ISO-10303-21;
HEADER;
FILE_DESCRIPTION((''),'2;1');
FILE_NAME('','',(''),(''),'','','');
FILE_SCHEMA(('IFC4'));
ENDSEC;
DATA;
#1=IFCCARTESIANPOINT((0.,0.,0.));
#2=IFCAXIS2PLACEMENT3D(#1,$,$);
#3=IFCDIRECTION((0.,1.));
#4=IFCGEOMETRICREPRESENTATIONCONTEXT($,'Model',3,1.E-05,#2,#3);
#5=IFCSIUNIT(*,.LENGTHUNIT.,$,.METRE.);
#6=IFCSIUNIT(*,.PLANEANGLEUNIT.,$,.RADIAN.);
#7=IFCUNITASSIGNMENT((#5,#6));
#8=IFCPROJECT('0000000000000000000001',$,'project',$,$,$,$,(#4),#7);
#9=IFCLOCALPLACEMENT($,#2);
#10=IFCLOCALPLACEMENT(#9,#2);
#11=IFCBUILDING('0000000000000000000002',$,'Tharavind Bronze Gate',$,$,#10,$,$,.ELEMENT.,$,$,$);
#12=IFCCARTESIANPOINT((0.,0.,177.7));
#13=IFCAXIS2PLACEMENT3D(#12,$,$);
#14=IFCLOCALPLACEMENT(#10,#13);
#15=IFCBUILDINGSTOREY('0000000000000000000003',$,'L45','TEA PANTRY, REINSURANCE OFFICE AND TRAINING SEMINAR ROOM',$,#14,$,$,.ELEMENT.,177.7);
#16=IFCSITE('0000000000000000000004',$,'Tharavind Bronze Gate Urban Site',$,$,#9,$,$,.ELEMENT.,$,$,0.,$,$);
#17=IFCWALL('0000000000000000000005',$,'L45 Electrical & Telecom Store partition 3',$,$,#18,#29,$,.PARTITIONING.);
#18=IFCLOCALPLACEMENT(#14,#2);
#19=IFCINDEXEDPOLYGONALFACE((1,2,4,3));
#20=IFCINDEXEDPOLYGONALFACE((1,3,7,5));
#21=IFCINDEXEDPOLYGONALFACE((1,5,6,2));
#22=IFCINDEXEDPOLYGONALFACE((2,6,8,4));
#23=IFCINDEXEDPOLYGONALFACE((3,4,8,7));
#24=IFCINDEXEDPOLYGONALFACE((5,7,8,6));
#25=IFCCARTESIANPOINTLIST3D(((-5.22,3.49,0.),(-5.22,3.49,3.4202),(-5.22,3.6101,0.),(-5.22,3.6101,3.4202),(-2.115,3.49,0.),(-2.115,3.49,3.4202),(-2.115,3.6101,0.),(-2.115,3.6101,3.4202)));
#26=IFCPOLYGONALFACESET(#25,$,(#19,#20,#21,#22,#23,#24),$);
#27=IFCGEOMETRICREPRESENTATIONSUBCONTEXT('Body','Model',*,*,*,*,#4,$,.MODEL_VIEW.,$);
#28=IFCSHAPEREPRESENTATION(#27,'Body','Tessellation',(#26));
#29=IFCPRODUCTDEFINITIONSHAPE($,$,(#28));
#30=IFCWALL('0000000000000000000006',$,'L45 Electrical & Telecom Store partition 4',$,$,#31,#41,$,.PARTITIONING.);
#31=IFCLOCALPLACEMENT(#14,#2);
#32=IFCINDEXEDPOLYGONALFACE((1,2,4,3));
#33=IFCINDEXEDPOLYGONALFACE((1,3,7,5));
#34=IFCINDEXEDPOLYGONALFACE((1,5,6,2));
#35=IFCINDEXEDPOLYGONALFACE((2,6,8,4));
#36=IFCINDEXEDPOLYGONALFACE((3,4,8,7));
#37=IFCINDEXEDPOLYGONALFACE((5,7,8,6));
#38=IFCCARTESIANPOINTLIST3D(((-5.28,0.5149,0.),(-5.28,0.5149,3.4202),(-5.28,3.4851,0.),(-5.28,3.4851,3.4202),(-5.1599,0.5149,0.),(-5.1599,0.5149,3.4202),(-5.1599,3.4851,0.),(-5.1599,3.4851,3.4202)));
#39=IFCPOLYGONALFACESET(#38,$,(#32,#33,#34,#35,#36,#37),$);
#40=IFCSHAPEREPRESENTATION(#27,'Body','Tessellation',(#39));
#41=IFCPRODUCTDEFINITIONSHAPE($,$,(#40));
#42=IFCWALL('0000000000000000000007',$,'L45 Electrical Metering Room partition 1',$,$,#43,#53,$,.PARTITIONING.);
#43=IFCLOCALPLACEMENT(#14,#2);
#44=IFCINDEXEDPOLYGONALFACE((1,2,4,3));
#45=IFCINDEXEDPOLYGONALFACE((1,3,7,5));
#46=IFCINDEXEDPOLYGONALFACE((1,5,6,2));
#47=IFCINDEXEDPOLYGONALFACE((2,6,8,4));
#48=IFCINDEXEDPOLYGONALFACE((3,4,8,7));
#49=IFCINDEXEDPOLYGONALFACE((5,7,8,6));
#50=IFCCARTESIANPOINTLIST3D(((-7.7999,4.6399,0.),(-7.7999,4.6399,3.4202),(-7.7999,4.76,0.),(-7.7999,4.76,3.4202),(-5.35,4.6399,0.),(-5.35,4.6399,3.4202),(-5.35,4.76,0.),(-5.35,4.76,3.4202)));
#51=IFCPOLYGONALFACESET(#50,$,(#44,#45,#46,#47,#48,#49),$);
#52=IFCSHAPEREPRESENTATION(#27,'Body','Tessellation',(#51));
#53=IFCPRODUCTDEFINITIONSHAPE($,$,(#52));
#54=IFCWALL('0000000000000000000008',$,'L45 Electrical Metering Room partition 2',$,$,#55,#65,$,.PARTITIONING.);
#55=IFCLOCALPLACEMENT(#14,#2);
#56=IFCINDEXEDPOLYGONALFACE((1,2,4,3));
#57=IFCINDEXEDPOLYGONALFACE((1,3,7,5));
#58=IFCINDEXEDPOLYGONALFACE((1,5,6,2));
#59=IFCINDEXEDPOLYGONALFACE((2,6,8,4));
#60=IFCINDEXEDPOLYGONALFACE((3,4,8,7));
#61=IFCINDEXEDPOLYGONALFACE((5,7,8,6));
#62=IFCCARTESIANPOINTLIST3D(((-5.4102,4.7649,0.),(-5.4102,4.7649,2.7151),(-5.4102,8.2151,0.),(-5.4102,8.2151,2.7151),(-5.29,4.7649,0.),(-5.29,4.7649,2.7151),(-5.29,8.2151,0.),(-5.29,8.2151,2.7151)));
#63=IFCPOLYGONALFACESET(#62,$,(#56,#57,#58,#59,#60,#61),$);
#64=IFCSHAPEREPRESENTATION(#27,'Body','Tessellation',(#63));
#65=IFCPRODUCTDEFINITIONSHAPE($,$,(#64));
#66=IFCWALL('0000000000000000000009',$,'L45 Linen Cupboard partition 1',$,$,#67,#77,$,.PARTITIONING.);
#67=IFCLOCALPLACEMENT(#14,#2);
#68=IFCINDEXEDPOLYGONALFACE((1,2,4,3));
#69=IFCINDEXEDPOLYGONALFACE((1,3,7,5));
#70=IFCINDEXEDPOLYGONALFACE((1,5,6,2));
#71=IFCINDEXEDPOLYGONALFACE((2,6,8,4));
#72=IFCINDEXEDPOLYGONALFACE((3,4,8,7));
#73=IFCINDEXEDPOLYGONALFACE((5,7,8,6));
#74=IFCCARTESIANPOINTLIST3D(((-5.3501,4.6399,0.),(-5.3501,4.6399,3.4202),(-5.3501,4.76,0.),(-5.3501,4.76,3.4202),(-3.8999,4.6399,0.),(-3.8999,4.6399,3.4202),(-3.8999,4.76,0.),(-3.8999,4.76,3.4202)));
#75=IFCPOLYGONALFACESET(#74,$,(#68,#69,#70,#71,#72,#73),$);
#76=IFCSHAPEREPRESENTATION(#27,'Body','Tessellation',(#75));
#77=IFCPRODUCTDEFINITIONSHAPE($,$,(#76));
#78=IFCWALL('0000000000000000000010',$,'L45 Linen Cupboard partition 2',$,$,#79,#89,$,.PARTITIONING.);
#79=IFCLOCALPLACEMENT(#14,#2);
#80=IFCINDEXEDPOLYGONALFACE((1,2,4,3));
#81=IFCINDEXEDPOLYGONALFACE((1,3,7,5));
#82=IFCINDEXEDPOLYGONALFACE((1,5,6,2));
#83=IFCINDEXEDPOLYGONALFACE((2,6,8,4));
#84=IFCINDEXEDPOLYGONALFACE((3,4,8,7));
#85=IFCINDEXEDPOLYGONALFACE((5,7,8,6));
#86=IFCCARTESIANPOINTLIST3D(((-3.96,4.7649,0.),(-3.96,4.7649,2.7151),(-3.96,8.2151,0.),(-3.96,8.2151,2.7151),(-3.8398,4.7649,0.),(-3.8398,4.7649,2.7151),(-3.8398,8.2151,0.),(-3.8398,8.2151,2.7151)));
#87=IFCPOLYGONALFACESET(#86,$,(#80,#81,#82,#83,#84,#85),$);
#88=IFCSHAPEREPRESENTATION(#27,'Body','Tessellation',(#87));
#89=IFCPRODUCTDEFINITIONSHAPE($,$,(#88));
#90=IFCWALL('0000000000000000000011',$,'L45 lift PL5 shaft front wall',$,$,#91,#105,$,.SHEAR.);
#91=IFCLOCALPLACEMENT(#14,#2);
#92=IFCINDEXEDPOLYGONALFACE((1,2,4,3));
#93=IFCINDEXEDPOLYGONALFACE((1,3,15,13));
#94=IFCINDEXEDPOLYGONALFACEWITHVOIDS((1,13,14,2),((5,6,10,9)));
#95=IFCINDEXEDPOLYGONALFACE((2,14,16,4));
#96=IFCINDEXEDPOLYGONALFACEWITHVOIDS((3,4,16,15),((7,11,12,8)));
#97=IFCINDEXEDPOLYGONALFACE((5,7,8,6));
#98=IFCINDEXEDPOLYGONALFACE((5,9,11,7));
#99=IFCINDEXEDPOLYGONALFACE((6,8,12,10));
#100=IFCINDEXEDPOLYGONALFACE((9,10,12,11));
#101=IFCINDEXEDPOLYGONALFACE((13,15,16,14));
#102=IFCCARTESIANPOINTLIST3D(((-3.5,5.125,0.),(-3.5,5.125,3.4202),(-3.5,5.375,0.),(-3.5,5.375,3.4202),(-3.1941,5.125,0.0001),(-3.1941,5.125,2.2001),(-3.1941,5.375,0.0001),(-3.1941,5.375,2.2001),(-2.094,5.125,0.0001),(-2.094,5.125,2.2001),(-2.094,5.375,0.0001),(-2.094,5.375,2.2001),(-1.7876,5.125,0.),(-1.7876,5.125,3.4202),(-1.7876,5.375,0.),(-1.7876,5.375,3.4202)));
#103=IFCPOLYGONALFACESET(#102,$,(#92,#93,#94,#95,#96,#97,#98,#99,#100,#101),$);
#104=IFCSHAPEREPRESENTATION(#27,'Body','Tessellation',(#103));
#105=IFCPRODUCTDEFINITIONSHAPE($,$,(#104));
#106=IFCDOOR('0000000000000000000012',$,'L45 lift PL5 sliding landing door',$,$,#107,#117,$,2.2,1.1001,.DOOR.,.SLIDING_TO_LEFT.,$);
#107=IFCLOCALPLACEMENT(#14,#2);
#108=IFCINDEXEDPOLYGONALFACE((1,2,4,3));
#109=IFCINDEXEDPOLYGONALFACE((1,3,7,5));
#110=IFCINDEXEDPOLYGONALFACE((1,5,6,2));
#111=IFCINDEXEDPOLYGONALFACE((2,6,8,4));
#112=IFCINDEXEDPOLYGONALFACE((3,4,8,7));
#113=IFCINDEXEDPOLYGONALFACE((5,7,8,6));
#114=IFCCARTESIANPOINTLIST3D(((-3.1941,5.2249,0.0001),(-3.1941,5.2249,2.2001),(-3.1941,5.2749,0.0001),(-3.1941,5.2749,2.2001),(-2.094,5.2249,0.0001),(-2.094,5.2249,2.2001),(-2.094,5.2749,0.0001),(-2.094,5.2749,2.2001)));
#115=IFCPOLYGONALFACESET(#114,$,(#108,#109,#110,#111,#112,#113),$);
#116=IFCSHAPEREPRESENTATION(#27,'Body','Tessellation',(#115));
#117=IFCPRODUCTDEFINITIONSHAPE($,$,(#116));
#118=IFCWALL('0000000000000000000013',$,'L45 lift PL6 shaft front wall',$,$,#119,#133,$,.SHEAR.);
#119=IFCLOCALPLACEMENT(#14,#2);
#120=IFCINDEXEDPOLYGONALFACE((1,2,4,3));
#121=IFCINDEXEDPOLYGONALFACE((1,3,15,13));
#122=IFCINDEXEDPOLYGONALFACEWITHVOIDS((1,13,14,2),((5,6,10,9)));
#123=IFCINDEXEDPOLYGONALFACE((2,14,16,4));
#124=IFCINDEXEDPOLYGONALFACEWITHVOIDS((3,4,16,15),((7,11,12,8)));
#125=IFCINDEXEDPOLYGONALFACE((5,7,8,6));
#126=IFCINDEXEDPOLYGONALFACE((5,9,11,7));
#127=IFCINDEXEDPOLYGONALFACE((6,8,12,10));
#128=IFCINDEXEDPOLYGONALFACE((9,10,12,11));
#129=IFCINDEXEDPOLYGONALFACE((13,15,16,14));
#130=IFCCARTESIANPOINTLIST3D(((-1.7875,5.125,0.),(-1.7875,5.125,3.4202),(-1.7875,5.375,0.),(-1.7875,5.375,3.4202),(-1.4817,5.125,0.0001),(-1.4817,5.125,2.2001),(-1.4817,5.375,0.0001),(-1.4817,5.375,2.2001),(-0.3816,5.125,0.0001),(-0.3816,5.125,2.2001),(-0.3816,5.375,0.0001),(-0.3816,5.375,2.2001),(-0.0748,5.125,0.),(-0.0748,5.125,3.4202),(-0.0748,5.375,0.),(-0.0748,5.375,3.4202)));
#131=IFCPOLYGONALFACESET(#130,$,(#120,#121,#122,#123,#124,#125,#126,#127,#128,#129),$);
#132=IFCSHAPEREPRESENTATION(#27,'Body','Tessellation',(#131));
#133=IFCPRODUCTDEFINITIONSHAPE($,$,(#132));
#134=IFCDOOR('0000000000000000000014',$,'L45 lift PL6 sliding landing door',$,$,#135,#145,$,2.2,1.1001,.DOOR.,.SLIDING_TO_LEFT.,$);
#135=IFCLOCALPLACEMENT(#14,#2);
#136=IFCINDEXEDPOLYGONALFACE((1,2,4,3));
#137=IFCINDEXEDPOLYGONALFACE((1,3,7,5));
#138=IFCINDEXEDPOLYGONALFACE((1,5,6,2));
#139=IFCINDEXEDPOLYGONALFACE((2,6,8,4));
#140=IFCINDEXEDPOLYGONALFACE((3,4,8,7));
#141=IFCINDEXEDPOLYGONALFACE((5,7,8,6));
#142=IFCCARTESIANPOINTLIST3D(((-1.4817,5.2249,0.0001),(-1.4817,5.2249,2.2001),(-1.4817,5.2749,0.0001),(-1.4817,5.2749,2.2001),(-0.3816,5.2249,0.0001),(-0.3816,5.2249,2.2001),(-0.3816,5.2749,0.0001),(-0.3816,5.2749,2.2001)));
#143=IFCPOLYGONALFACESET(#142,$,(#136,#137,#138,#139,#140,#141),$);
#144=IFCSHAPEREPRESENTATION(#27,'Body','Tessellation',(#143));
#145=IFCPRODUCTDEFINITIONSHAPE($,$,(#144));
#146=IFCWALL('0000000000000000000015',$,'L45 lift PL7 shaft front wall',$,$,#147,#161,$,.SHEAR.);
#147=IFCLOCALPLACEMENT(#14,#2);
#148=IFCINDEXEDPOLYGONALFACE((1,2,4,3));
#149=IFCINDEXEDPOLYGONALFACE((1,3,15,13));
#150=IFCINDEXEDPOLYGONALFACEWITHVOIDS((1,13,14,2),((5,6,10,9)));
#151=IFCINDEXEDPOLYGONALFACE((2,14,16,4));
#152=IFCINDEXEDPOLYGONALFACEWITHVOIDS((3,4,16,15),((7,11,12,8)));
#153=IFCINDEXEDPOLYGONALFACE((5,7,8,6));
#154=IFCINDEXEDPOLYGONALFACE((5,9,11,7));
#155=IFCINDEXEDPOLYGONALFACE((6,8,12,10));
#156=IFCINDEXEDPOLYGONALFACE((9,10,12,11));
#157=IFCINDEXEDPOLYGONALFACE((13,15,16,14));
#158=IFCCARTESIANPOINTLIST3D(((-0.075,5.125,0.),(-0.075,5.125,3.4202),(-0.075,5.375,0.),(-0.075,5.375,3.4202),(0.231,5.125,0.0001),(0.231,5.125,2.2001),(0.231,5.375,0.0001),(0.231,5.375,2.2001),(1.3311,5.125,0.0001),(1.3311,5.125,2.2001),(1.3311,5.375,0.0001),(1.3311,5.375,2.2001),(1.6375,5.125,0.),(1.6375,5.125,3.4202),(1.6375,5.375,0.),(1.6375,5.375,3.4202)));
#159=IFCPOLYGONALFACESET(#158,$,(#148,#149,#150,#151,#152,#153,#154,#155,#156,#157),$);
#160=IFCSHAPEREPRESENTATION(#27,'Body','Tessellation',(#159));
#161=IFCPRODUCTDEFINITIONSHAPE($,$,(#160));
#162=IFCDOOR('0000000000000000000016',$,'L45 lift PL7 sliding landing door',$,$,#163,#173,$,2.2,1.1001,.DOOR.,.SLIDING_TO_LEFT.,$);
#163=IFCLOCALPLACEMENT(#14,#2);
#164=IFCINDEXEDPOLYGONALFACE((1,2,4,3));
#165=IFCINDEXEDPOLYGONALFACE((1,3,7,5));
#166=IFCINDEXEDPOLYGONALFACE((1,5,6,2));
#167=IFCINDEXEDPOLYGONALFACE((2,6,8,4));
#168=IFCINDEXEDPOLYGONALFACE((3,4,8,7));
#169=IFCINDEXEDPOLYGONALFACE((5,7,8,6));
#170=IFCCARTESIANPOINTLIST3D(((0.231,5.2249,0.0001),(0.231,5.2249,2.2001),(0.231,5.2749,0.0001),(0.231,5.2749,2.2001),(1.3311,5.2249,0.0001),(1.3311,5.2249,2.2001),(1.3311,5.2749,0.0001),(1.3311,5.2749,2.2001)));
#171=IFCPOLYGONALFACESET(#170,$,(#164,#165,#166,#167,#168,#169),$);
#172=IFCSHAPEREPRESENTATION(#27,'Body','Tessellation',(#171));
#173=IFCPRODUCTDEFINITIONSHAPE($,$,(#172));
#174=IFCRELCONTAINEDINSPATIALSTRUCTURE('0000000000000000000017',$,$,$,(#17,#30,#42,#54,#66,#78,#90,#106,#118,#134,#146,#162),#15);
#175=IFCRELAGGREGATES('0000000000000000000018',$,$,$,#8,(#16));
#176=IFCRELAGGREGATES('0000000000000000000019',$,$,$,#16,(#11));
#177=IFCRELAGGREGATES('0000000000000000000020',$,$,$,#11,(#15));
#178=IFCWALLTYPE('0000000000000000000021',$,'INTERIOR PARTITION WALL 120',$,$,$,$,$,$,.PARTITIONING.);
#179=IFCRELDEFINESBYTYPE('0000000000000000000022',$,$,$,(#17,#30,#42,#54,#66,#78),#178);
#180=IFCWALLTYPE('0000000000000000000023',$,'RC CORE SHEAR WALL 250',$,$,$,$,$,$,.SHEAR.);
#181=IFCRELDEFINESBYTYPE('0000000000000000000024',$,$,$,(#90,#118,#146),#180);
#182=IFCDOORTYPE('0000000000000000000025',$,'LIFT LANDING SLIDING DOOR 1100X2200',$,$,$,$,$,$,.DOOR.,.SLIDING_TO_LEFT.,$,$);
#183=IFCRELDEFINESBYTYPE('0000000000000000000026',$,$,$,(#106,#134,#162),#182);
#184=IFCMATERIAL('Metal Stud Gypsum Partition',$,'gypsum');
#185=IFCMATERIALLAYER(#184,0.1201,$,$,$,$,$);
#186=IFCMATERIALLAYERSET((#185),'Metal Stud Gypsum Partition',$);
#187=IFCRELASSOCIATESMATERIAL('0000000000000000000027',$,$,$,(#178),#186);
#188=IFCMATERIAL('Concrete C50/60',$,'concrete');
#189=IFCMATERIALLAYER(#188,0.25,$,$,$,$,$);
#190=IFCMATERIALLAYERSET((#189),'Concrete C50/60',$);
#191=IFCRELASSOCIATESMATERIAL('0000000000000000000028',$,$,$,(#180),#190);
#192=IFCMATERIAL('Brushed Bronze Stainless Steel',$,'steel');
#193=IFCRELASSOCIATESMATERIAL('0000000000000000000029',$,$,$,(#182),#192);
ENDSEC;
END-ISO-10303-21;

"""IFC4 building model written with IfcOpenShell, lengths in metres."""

from ifc_helpers import new_model, si_unit, direction, frame, frame_2d, origin, place, context, subcontext, project, spatial, rectangle, extrude, material, layer, layer_set, type_object, element, fill, save


model = new_model("IFC4")

# Units and contexts
model_context = context("Model", 3, precision=1e-05, world=origin(), true_north=direction((0.0, 1.0)))
body_context = subcontext(model_context, "Body", "Model", "MODEL_VIEW")
ifc_project = project(units=[si_unit("LENGTHUNIT", "METRE"), si_unit("PLANEANGLEUNIT", "RADIAN")], contexts=[model_context])

# Site, building, storey
site_placement = place(None, origin())
site = spatial("IfcSite", under=ifc_project, at=site_placement, Name="Tharavind Bronze Gate Urban Site", CompositionType="ELEMENT", RefElevation=0.0)
building_placement = place(site_placement, origin())
building = spatial("IfcBuilding", under=site, at=building_placement, Name="Tharavind Bronze Gate", CompositionType="ELEMENT")
storey_placement = place(building_placement, frame((0.0, 0.0, 177.7)))
storey = spatial("IfcBuildingStorey", under=building, at=storey_placement, Name="L45", Description="TEA PANTRY, REINSURANCE OFFICE AND TRAINING SEMINAR ROOM", CompositionType="ELEMENT", Elevation=177.7)

# Shared definitions
ifc_material_1 = material(Name="Metal Stud Gypsum Partition", Category="gypsum")
ifc_layer_1 = layer(ifc_material_1, 0.1201)
ifc_layer_set_1 = layer_set([ifc_layer_1], Name="Metal Stud Gypsum Partition")
wall_type_1 = type_object("IfcWallType", Name="INTERIOR PARTITION WALL 120", PredefinedType="PARTITIONING", material=ifc_layer_set_1)

# Walls
wall_1_placement = place(storey_placement, frame((-2.115, 3.55, 0.0), z_axis=(0.0, 0.0, 1.0), x_axis=(-1.0, 0.0, 0.0)))
element("IfcWall", 1, at=wall_1_placement, inside=storey, type_object=wall_type_1, Name="L45 Electrical & Telecom Store partition 3", PredefinedType="PARTITIONING", context=body_context, shape_type="SweptSolid", body=[
    extrude(rectangle(XDim=3.105, YDim=0.1201, at=frame_2d((1.5525, 0.0))), origin(), (0.0, 0.0, 1.0), 3.4202),
])
wall_2_placement = place(storey_placement, frame((-5.22, 3.4851, 0.0), z_axis=(0.0, 0.0, 1.0), x_axis=(0.0, -1.0, 0.0)))
element("IfcWall", 2, at=wall_2_placement, inside=storey, type_object=wall_type_1, Name="L45 Electrical & Telecom Store partition 4", PredefinedType="PARTITIONING", context=body_context, shape_type="SweptSolid", body=[
    extrude(rectangle(XDim=2.9702, YDim=0.1201, at=frame_2d((1.4851, 0.0))), origin(), (0.0, 0.0, 1.0), 3.4202),
])
wall_3_placement = place(storey_placement, frame((-7.8, 4.7, 0.0), z_axis=(0.0, 0.0, 1.0), x_axis=(1.0, 0.0, 0.0)))
element("IfcWall", 3, at=wall_3_placement, inside=storey, type_object=wall_type_1, Name="L45 Electrical Metering Room partition 1", PredefinedType="PARTITIONING", context=body_context, shape_type="SweptSolid", body=[
    extrude(rectangle(XDim=2.45, YDim=0.1201, at=frame_2d((1.2251, 0.0))), origin(), (0.0, 0.0, 1.0), 3.4202),
])
wall_4_placement = place(storey_placement, frame((-5.3501, 4.7649, 0.0), z_axis=(0.0, 0.0, 1.0), x_axis=(0.0, 1.0, 0.0)))
element("IfcWall", 4, at=wall_4_placement, inside=storey, type_object=wall_type_1, Name="L45 Electrical Metering Room partition 2", PredefinedType="PARTITIONING", context=body_context, shape_type="SweptSolid", body=[
    extrude(rectangle(XDim=3.4502, YDim=0.1201, at=frame_2d((1.7251, 0.0))), origin(), (0.0, 0.0, 1.0), 2.7151),
])
wall_5_placement = place(storey_placement, frame((-5.3501, 4.7, 0.0), z_axis=(0.0, 0.0, 1.0), x_axis=(1.0, 0.0, 0.0)))
element("IfcWall", 5, at=wall_5_placement, inside=storey, type_object=wall_type_1, Name="L45 Linen Cupboard partition 1", PredefinedType="PARTITIONING", context=body_context, shape_type="SweptSolid", body=[
    extrude(rectangle(XDim=1.4502, YDim=0.1201, at=frame_2d((0.7251, 0.0))), origin(), (0.0, 0.0, 1.0), 3.4202),
])
wall_6_placement = place(storey_placement, frame((-3.8999, 4.7649, 0.0), z_axis=(0.0, 0.0, 1.0), x_axis=(0.0, 1.0, 0.0)))
element("IfcWall", 6, at=wall_6_placement, inside=storey, type_object=wall_type_1, Name="L45 Linen Cupboard partition 2", PredefinedType="PARTITIONING", context=body_context, shape_type="SweptSolid", body=[
    extrude(rectangle(XDim=3.4502, YDim=0.1201, at=frame_2d((1.7251, 0.0))), origin(), (0.0, 0.0, 1.0), 2.7151),
])

# Walls, openings, doors
ifc_material_2 = material(Name="Concrete C50/60", Category="concrete")
ifc_layer_2 = layer(ifc_material_2, 0.25)
ifc_layer_set_2 = layer_set([ifc_layer_2], Name="Concrete C50/60")
wall_type_2 = type_object("IfcWallType", Name="RC CORE SHEAR WALL 250", PredefinedType="SHEAR", material=ifc_layer_set_2)
wall_7_placement = place(storey_placement, frame((-3.5, 5.25, 0.0), z_axis=(0.0, 0.0, 1.0), x_axis=(1.0, 0.0, 0.0)))
wall_7 = element("IfcWall", 7, at=wall_7_placement, inside=storey, type_object=wall_type_2, Name="L45 lift PL5 shaft front wall", PredefinedType="SHEAR", context=body_context, shape_type="SweptSolid", body=[
    extrude(rectangle(XDim=1.7124, YDim=0.25, at=frame_2d((0.8562, 0.0))), origin(), (0.0, 0.0, 1.0), 3.4202),
])
opening_1_placement = place(wall_7_placement, frame((0.3059, 0.0, 0.0)))
opening_1 = element("IfcOpeningElement", 8, at=opening_1_placement, cuts=wall_7, PredefinedType="OPENING", context=body_context, shape_type="SweptSolid", body=[
    extrude(rectangle(XDim=1.1001, YDim=2.2, at=frame_2d((0.55, 1.1001))), frame((0.0, 0.135, 0.0), z_axis=(0.0, -1.0, 0.0), x_axis=(1.0, 0.0, 0.0)), (0.0, 0.0, 1.0), 0.27),
])
ifc_material_3 = material(Name="Brushed Bronze Stainless Steel", Category="steel")
door_type_1 = type_object("IfcDoorType", Name="LIFT LANDING SLIDING DOOR 1100X2200", OperationType="SLIDING_TO_LEFT", PredefinedType="DOOR", material=ifc_material_3)
door_1_placement = place(opening_1_placement, origin())
door_1 = element("IfcDoor", 9, at=door_1_placement, inside=storey, type_object=door_type_1, Name="L45 lift PL5 sliding landing door", OperationType="SLIDING_TO_LEFT", OverallHeight=2.2, OverallWidth=1.1001, PredefinedType="DOOR", context=body_context, shape_type="SweptSolid", body=[
    extrude(rectangle(XDim=1.1001, YDim=2.2, at=frame_2d((0.55, 1.1001))), frame((0.0, 0.0249, 0.0), z_axis=(0.0, -1.0, 0.0), x_axis=(1.0, 0.0, 0.0)), (0.0, 0.0, 1.0), 0.05),
])
fill(opening_1, door_1)
wall_8_placement = place(storey_placement, frame((-1.7876, 5.25, 0.0), z_axis=(0.0, 0.0, 1.0), x_axis=(1.0, 0.0, 0.0)))
wall_8 = element("IfcWall", 10, at=wall_8_placement, inside=storey, type_object=wall_type_2, Name="L45 lift PL6 shaft front wall", PredefinedType="SHEAR", context=body_context, shape_type="SweptSolid", body=[
    extrude(rectangle(XDim=1.7126, YDim=0.25, at=frame_2d((0.8564, 0.0))), origin(), (0.0, 0.0, 1.0), 3.4202),
])
opening_2_placement = place(wall_8_placement, frame((0.3059, 0.0, 0.0)))
opening_2 = element("IfcOpeningElement", 11, at=opening_2_placement, cuts=wall_8, PredefinedType="OPENING", context=body_context, shape_type="SweptSolid", body=[
    extrude(rectangle(XDim=1.1001, YDim=2.2, at=frame_2d((0.55, 1.1001))), frame((0.0, 0.135, 0.0), z_axis=(0.0, -1.0, 0.0), x_axis=(1.0, 0.0, 0.0)), (0.0, 0.0, 1.0), 0.27),
])
door_2_placement = place(opening_2_placement, origin())
door_2 = element("IfcDoor", 12, at=door_2_placement, inside=storey, type_object=door_type_1, Name="L45 lift PL6 sliding landing door", OperationType="SLIDING_TO_LEFT", OverallHeight=2.2, OverallWidth=1.1001, PredefinedType="DOOR", context=body_context, shape_type="SweptSolid", body=[
    extrude(rectangle(XDim=1.1001, YDim=2.2, at=frame_2d((0.55, 1.1001))), frame((0.0, 0.0249, 0.0), z_axis=(0.0, -1.0, 0.0), x_axis=(1.0, 0.0, 0.0)), (0.0, 0.0, 1.0), 0.05),
])
fill(opening_2, door_2)
wall_9_placement = place(storey_placement, frame((-0.075, 5.25, 0.0), z_axis=(0.0, 0.0, 1.0), x_axis=(1.0, 0.0, 0.0)))
wall_9 = element("IfcWall", 13, at=wall_9_placement, inside=storey, type_object=wall_type_2, Name="L45 lift PL7 shaft front wall", PredefinedType="SHEAR", context=body_context, shape_type="SweptSolid", body=[
    extrude(rectangle(XDim=1.7124, YDim=0.25, at=frame_2d((0.8562, 0.0))), origin(), (0.0, 0.0, 1.0), 3.4202),
])
opening_3_placement = place(wall_9_placement, frame((0.3059, 0.0, 0.0)))
opening_3 = element("IfcOpeningElement", 14, at=opening_3_placement, cuts=wall_9, PredefinedType="OPENING", context=body_context, shape_type="SweptSolid", body=[
    extrude(rectangle(XDim=1.1001, YDim=2.2, at=frame_2d((0.55, 1.1001))), frame((0.0, 0.135, 0.0), z_axis=(0.0, -1.0, 0.0), x_axis=(1.0, 0.0, 0.0)), (0.0, 0.0, 1.0), 0.27),
])
door_3_placement = place(opening_3_placement, origin())
door_3 = element("IfcDoor", 15, at=door_3_placement, inside=storey, type_object=door_type_1, Name="L45 lift PL7 sliding landing door", OperationType="SLIDING_TO_LEFT", OverallHeight=2.2, OverallWidth=1.1001, PredefinedType="DOOR", context=body_context, shape_type="SweptSolid", body=[
    extrude(rectangle(XDim=1.1001, YDim=2.2, at=frame_2d((0.55, 1.1001))), frame((0.0, 0.0249, 0.0), z_axis=(0.0, -1.0, 0.0), x_axis=(1.0, 0.0, 0.0)), (0.0, 0.0, 1.0), 0.05),
])
fill(opening_3, door_3)

save(model, "model.ifc")
